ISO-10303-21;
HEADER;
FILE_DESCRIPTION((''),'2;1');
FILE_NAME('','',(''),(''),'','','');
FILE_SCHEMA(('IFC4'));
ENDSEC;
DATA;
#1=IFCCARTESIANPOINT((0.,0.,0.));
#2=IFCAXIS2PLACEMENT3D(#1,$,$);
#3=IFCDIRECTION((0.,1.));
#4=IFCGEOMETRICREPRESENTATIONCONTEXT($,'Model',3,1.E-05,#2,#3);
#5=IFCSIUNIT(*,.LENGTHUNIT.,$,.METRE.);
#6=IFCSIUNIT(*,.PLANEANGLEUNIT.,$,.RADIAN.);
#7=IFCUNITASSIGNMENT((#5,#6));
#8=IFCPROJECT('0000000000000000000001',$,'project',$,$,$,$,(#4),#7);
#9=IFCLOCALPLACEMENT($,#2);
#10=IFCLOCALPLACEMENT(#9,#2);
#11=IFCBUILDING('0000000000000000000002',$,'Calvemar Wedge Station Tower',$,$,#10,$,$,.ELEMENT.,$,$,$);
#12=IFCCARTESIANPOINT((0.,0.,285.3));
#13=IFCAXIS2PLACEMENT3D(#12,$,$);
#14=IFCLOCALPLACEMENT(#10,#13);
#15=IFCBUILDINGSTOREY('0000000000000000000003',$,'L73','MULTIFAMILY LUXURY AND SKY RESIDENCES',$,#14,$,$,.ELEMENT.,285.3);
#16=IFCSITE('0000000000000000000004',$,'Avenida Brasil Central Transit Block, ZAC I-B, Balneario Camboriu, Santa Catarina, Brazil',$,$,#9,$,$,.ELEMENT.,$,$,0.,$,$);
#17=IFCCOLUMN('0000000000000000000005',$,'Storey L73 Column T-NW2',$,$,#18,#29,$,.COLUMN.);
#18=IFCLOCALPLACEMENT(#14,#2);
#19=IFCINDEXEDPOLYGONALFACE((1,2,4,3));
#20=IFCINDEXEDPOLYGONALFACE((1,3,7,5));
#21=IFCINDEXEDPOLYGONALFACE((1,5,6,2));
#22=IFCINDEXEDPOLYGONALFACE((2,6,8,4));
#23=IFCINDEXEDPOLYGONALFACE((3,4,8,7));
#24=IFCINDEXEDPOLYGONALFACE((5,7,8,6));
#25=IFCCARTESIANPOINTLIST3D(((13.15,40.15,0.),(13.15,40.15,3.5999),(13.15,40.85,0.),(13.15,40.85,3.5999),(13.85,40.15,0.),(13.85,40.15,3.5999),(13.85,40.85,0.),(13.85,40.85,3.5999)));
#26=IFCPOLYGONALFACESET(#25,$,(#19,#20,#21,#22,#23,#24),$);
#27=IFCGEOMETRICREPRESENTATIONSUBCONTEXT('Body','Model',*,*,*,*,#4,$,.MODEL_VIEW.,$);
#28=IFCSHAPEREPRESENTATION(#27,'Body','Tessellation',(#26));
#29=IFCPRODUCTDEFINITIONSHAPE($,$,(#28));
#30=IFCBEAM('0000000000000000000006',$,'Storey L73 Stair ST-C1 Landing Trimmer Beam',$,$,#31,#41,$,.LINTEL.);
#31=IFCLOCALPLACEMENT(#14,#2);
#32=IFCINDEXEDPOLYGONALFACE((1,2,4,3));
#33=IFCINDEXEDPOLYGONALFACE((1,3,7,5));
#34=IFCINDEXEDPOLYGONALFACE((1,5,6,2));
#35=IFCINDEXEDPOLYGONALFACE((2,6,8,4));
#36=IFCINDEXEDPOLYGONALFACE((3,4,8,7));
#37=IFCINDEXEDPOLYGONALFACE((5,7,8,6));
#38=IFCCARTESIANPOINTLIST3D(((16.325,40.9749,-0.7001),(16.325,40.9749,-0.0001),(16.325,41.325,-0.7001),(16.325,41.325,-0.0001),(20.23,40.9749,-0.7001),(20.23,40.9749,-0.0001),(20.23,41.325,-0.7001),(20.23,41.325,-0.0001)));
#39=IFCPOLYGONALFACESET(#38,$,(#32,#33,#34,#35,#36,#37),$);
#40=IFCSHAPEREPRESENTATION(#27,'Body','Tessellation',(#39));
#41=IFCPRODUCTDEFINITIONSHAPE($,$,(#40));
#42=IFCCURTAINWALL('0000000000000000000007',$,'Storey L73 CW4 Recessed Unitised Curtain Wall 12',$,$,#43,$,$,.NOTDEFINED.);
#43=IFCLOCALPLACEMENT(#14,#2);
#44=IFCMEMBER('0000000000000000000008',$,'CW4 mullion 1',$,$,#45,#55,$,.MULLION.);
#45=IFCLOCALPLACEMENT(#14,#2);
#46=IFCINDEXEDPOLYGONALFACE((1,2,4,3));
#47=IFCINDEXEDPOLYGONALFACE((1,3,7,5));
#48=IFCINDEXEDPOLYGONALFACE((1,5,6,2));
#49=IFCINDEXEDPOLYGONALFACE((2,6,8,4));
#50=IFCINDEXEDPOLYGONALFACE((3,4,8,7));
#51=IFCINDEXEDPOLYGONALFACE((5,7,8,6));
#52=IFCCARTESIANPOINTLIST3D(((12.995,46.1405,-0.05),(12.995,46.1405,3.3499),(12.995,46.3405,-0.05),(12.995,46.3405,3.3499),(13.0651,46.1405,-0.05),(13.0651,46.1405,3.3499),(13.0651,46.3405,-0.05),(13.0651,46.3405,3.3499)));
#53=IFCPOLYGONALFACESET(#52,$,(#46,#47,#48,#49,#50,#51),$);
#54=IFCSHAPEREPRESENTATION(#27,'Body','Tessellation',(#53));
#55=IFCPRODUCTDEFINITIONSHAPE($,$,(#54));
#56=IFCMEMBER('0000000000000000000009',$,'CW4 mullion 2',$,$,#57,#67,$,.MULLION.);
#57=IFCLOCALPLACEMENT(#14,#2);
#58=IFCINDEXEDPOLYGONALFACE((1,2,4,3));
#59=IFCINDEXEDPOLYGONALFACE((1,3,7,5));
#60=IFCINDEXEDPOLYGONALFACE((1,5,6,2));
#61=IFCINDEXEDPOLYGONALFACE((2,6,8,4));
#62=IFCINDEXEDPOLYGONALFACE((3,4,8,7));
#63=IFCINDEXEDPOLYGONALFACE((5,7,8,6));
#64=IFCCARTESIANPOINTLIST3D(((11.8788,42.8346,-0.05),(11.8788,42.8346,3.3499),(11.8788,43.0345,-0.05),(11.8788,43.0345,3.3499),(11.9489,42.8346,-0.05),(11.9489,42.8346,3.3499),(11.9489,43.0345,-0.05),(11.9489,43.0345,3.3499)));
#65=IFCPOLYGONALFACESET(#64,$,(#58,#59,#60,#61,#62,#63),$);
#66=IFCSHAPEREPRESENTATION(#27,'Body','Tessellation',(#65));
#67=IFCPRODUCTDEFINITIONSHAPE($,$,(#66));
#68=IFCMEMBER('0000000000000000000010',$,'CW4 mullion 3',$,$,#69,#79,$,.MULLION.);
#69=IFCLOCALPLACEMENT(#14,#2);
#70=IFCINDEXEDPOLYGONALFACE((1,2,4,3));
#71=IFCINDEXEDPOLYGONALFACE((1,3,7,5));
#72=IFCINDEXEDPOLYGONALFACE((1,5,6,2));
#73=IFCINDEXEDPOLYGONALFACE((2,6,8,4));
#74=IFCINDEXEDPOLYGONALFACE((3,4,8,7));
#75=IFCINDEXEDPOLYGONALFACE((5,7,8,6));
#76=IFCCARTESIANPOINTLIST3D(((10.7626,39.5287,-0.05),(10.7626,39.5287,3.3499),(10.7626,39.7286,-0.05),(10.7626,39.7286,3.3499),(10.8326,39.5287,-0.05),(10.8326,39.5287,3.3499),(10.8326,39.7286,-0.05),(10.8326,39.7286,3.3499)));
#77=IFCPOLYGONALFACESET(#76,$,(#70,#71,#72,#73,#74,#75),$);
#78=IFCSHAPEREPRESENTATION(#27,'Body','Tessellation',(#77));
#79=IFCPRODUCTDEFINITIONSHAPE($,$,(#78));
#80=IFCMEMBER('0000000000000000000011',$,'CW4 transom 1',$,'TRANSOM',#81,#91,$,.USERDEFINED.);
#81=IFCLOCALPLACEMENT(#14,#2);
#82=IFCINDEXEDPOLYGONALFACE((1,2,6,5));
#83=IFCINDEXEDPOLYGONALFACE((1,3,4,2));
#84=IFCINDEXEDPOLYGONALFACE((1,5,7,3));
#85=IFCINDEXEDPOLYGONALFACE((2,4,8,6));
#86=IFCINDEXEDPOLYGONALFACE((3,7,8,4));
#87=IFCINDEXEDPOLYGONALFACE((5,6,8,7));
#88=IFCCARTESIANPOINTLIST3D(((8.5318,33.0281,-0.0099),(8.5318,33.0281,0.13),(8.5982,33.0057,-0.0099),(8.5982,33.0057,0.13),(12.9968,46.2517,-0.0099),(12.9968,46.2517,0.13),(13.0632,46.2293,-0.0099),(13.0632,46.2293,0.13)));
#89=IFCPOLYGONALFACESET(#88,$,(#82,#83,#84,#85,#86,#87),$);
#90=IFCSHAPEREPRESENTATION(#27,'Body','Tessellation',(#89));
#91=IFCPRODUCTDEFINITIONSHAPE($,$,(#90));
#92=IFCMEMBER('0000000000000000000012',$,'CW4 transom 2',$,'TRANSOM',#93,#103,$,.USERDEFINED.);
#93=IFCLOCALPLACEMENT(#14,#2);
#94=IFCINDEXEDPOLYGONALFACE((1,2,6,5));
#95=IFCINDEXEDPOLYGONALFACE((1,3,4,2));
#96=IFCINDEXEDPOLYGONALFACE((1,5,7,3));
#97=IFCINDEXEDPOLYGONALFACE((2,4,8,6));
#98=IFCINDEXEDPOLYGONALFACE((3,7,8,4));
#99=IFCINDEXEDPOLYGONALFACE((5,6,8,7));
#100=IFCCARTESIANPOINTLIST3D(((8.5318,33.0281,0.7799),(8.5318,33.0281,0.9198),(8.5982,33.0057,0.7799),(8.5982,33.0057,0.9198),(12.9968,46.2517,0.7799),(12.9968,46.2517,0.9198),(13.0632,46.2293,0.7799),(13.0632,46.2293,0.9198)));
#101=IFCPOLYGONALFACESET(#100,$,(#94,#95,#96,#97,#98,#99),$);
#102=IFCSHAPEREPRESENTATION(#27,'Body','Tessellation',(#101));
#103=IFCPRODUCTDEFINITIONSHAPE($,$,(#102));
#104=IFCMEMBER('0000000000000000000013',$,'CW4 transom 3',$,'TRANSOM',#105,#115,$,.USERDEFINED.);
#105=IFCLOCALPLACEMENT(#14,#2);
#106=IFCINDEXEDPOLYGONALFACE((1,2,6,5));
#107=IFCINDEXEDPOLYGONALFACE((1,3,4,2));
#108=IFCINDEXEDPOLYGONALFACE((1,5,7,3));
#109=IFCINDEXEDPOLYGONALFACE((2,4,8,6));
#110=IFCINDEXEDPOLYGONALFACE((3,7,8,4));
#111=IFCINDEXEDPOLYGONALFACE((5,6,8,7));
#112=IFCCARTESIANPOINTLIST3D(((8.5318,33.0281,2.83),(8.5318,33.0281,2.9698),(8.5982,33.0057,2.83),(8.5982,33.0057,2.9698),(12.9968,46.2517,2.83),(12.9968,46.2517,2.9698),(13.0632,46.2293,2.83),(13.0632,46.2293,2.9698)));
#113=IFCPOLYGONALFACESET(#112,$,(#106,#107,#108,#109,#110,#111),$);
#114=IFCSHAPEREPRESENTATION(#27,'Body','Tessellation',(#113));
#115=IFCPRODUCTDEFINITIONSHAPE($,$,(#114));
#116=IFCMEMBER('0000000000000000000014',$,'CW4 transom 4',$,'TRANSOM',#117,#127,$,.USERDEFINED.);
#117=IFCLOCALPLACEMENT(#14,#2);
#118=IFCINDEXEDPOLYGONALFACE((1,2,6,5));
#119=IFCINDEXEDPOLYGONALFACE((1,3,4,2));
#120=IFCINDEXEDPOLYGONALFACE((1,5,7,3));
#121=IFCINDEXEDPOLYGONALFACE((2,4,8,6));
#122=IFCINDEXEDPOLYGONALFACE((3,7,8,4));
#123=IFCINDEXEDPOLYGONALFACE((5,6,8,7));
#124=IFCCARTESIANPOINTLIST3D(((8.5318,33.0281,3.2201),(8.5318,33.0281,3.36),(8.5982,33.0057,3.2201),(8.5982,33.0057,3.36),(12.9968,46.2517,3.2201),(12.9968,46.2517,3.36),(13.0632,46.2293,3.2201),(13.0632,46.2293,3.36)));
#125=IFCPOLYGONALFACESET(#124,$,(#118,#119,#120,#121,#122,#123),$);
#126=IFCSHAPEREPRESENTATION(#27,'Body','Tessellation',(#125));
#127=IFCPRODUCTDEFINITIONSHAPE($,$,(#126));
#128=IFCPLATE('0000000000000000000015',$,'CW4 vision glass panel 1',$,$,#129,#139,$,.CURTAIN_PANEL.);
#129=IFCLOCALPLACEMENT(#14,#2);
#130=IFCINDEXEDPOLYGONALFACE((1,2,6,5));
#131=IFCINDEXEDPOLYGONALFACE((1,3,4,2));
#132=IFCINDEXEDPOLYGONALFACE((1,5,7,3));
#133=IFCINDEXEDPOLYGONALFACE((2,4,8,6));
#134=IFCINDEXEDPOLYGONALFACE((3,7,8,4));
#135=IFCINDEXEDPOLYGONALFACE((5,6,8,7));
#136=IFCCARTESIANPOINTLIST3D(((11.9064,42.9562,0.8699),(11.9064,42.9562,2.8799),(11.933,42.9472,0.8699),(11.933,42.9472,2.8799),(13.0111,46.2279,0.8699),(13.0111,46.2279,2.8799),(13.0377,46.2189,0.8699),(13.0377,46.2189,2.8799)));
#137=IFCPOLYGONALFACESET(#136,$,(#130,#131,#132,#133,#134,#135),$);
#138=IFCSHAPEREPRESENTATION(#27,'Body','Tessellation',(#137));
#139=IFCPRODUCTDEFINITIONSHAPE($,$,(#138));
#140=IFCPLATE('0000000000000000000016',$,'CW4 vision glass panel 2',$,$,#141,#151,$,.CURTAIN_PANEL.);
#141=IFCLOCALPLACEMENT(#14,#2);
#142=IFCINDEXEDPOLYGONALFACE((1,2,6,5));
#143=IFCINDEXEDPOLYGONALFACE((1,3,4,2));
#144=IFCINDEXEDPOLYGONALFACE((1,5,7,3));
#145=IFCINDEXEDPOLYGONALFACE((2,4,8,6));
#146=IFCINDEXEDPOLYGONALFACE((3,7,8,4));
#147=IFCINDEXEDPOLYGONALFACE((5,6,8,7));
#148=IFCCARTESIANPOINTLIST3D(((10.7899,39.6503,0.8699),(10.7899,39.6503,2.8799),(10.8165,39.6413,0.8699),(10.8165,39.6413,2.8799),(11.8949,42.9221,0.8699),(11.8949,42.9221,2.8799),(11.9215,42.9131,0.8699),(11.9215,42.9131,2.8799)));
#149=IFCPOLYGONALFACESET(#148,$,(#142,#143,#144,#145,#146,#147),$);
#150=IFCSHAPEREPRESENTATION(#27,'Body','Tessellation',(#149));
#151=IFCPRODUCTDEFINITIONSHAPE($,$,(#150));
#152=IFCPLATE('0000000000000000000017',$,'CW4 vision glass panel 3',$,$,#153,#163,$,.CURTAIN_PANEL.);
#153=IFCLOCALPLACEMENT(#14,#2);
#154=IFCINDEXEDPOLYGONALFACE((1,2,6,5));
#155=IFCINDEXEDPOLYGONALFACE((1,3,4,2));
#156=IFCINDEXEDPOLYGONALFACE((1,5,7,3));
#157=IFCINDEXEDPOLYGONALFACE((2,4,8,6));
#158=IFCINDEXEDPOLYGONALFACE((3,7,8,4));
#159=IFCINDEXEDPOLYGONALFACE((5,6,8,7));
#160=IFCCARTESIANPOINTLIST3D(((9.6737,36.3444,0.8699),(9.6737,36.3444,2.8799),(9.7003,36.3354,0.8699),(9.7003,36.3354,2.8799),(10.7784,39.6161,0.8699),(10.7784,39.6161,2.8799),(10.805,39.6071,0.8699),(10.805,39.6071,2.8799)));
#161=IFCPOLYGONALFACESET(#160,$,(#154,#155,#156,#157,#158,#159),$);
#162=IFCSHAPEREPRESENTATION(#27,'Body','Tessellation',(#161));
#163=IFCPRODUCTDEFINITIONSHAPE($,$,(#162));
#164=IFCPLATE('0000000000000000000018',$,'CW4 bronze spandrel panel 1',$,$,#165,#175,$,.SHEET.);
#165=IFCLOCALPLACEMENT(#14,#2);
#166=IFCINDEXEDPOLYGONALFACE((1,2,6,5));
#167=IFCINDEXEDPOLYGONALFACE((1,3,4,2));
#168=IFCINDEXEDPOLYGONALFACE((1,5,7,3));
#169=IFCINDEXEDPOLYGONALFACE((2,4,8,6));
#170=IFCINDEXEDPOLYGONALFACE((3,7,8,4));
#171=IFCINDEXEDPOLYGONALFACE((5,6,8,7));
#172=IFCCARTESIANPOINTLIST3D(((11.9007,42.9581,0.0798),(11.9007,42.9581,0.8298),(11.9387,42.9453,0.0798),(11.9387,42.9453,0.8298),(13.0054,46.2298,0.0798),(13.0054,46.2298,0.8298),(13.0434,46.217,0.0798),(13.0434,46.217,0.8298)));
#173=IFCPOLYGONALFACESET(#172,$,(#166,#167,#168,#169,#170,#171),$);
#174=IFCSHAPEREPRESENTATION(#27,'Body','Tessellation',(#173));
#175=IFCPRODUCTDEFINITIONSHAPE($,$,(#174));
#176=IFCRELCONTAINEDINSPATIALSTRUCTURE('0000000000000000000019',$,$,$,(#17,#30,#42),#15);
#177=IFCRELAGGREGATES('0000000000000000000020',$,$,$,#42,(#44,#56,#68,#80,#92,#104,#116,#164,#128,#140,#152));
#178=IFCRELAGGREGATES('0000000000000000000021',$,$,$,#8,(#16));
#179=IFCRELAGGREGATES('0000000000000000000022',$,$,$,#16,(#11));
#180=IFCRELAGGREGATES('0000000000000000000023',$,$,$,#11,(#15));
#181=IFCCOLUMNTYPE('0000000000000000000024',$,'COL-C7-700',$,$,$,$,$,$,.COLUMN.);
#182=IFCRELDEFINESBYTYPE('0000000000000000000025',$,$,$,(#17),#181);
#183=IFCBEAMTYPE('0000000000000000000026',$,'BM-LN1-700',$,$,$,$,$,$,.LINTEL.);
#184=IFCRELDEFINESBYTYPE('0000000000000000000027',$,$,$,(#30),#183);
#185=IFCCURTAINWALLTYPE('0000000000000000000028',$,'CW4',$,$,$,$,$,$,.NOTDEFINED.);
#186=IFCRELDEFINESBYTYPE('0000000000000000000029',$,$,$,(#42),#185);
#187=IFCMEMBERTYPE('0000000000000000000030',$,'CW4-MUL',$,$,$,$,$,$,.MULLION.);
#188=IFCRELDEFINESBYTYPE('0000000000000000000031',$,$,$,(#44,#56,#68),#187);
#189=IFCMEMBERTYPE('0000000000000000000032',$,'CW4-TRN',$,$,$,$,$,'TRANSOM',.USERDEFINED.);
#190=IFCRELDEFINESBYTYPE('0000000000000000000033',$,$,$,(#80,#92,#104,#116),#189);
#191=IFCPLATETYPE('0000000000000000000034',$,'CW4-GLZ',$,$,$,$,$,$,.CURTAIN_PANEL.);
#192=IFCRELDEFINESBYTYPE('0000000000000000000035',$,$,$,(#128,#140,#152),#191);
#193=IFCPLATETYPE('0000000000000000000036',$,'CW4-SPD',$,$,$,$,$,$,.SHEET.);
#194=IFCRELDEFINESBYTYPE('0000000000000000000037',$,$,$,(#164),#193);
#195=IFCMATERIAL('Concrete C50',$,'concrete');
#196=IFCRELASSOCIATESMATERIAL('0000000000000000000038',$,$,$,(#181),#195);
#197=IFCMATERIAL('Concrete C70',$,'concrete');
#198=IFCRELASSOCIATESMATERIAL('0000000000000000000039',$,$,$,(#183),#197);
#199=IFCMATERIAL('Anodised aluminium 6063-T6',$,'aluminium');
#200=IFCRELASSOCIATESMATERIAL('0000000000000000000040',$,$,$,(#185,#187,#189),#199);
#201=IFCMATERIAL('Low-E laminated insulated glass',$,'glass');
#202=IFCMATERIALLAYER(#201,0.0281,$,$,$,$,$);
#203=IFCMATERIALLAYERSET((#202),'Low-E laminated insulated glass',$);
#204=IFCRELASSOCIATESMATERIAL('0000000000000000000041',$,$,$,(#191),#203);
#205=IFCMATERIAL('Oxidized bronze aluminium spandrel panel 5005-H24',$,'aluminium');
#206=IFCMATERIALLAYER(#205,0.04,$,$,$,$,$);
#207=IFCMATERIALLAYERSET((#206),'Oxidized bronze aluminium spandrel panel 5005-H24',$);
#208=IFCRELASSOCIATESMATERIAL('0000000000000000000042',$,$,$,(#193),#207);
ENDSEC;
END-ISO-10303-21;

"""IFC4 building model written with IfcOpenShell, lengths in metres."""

from ifc_helpers import new_model, si_unit, direction, frame, frame_2d, origin, origin_2d, place, context, subcontext, project, spatial, rectangle, extrude, source, transform, mapped, material, layer, layer_set, material_profile, profile_set, type_object, element, aggregate, save


model = new_model("IFC4")

# Units and contexts
model_context = context("Model", 3, precision=1e-05, world=origin(), true_north=direction((0.0, 1.0)))
body_context = subcontext(model_context, "Body", "Model", "MODEL_VIEW")
ifc_project = project(units=[si_unit("LENGTHUNIT", "METRE"), si_unit("PLANEANGLEUNIT", "RADIAN")], contexts=[model_context])

# Site, building, storey
site_placement = place(None, origin())
site = spatial("IfcSite", under=ifc_project, at=site_placement, Name="Avenida Brasil Central Transit Block, ZAC I-B, Balneario Camboriu, Santa Catarina, Brazil", CompositionType="ELEMENT", RefElevation=0.0)
building_placement = place(site_placement, origin())
building = spatial("IfcBuilding", under=site, at=building_placement, Name="Calvemar Wedge Station Tower", CompositionType="ELEMENT")
storey_placement = place(building_placement, frame((0.0, 0.0, 285.3)))
storey = spatial("IfcBuildingStorey", under=building, at=storey_placement, Name="L73", Description="MULTIFAMILY LUXURY AND SKY RESIDENCES", CompositionType="ELEMENT", Elevation=285.3)

# Column
ifc_material_1 = material(Name="Concrete C50", Category="concrete")
ifc_material_profile_1 = material_profile(ifc_material_1, rectangle(XDim=0.7, YDim=0.7, at=origin_2d()), Name="RC700x700")
ifc_profile_set_1 = profile_set([ifc_material_profile_1], Name="Concrete C50")
column_type = type_object("IfcColumnType", Name="COL-C7-700", PredefinedType="COLUMN", material=ifc_profile_set_1)
shared_shape_1 = source(origin(), body_context, "Body", "SweptSolid", [
    extrude(rectangle(XDim=0.7, YDim=0.7, at=origin_2d()), origin(), (0.0, 0.0, 1.0), 3.5999),
])
column_placement = place(storey_placement, frame((13.5, 40.5, 0.0), z_axis=(0.0, 0.0, 1.0), x_axis=(1.0, 0.0, 0.0)))
element("IfcColumn", 1, at=column_placement, inside=storey, type_object=column_type, Name="Storey L73 Column T-NW2", PredefinedType="COLUMN", context=body_context, shape_type="MappedRepresentation", body=[
    mapped(shared_shape_1, transform((0.0, 0.0, 0.0), scale=1.0)),
])

# Beam
ifc_material_2 = material(Name="Concrete C70", Category="concrete")
ifc_material_profile_2 = material_profile(ifc_material_2, rectangle(XDim=0.3501, YDim=0.7, at=origin_2d()), Name="RC350x700")
ifc_profile_set_2 = profile_set([ifc_material_profile_2], Name="Concrete C70")
beam_type = type_object("IfcBeamType", Name="BM-LN1-700", PredefinedType="LINTEL", material=ifc_profile_set_2)
shared_shape_2 = source(origin(), body_context, "Body", "SweptSolid", [
    extrude(rectangle(XDim=0.3501, YDim=0.7, at=origin_2d()), origin(), (0.0, 0.0, 1.0), 3.905),
])
beam_placement = place(storey_placement, frame((16.325, 41.1499, -0.3501), z_axis=(1.0, 0.0, 0.0), x_axis=(0.0, 1.0, 0.0)))
element("IfcBeam", 2, at=beam_placement, inside=storey, type_object=beam_type, Name="Storey L73 Stair ST-C1 Landing Trimmer Beam", PredefinedType="LINTEL", context=body_context, shape_type="MappedRepresentation", body=[
    mapped(shared_shape_2, transform((0.0, 0.0, 0.0), scale=1.0)),
])

# Curtain wall, members, plates
ifc_material_3 = material(Name="Anodised aluminium 6063-T6", Category="aluminium")
curtain_wall_type = type_object("IfcCurtainWallType", Name="CW4", PredefinedType="NOTDEFINED", material=ifc_material_3)
curtain_wall_placement = place(storey_placement, origin())
curtain_wall = element("IfcCurtainWall", 3, at=curtain_wall_placement, inside=storey, type_object=curtain_wall_type, Name="Storey L73 CW4 Recessed Unitised Curtain Wall 12", PredefinedType="NOTDEFINED")
ifc_material_profile_3 = material_profile(ifc_material_3, rectangle(XDim=0.0701, YDim=0.2, at=origin_2d()), Name="AL-MUL-70x200")
ifc_profile_set_3 = profile_set([ifc_material_profile_3], Name="Anodised aluminium 6063-T6")
member_type_1 = type_object("IfcMemberType", Name="CW4-MUL", PredefinedType="MULLION", material=ifc_profile_set_3)
shared_shape_3 = source(origin(), body_context, "Body", "SweptSolid", [
    extrude(rectangle(XDim=0.0701, YDim=0.2, at=origin_2d()), origin(), (0.0, 0.0, 1.0), 3.3999),
])
member_1_placement = place(storey_placement, frame((13.03, 46.2405, -0.05), z_axis=(0.0, 0.0, 1.0), x_axis=(1.0, 0.0, 0.0)))
member_1 = element("IfcMember", 4, at=member_1_placement, type_object=member_type_1, Name="CW4 mullion 1", PredefinedType="MULLION", context=body_context, shape_type="MappedRepresentation", body=[
    mapped(shared_shape_3, transform((0.0, 0.0, 0.0), scale=1.0)),
])
member_2_placement = place(storey_placement, frame((11.9138, 42.9346, -0.05), z_axis=(0.0, 0.0, 1.0), x_axis=(1.0, 0.0, 0.0)))
member_2 = element("IfcMember", 5, at=member_2_placement, type_object=member_type_1, Name="CW4 mullion 2", PredefinedType="MULLION", context=body_context, shape_type="MappedRepresentation", body=[
    mapped(shared_shape_3, transform((0.0, 0.0, 0.0), scale=1.0)),
])
member_3_placement = place(storey_placement, frame((10.7976, 39.6287, -0.05), z_axis=(0.0, 0.0, 1.0), x_axis=(1.0, 0.0, 0.0)))
member_3 = element("IfcMember", 6, at=member_3_placement, type_object=member_type_1, Name="CW4 mullion 3", PredefinedType="MULLION", context=body_context, shape_type="MappedRepresentation", body=[
    mapped(shared_shape_3, transform((0.0, 0.0, 0.0), scale=1.0)),
])
ifc_material_profile_4 = material_profile(ifc_material_3, rectangle(XDim=0.0701, YDim=0.1399, at=origin_2d()), Name="AL-TRN-70x140")
ifc_profile_set_4 = profile_set([ifc_material_profile_4], Name="Anodised aluminium 6063-T6")
member_type_2 = type_object("IfcMemberType", Name="CW4-TRN", ElementType="TRANSOM", PredefinedType="USERDEFINED", material=ifc_profile_set_4)
shared_shape_4 = source(origin(), body_context, "Body", "SweptSolid", [
    extrude(rectangle(XDim=0.0701, YDim=0.1399, at=origin_2d()), origin(), (0.0, 0.0, 1.0), 13.957),
])
member_4_placement = place(storey_placement, frame((13.03, 46.2405, 0.0601), z_axis=(-0.319914, -0.947446, 0.0), x_axis=(0.947446, -0.319914, 0.0)))
member_4 = element("IfcMember", 7, at=member_4_placement, type_object=member_type_2, Name="CW4 transom 1", ObjectType="TRANSOM", PredefinedType="USERDEFINED", context=body_context, shape_type="MappedRepresentation", body=[
    mapped(shared_shape_4, transform((0.0, 0.0, 0.0), scale=1.0)),
])
member_5_placement = place(storey_placement, frame((13.03, 46.2405, 0.8499), z_axis=(-0.319914, -0.947446, 0.0), x_axis=(0.947446, -0.319914, 0.0)))
member_5 = element("IfcMember", 8, at=member_5_placement, type_object=member_type_2, Name="CW4 transom 2", ObjectType="TRANSOM", PredefinedType="USERDEFINED", context=body_context, shape_type="MappedRepresentation", body=[
    mapped(shared_shape_4, transform((0.0, 0.0, 0.0), scale=1.0)),
])
member_6_placement = place(storey_placement, frame((13.03, 46.2405, 2.8999), z_axis=(-0.319914, -0.947446, 0.0), x_axis=(0.947446, -0.319914, 0.0)))
member_6 = element("IfcMember", 9, at=member_6_placement, type_object=member_type_2, Name="CW4 transom 3", ObjectType="TRANSOM", PredefinedType="USERDEFINED", context=body_context, shape_type="MappedRepresentation", body=[
    mapped(shared_shape_4, transform((0.0, 0.0, 0.0), scale=1.0)),
])
member_7_placement = place(storey_placement, frame((13.03, 46.2405, 3.29), z_axis=(-0.319914, -0.947446, 0.0), x_axis=(0.947446, -0.319914, 0.0)))
member_7 = element("IfcMember", 10, at=member_7_placement, type_object=member_type_2, Name="CW4 transom 4", ObjectType="TRANSOM", PredefinedType="USERDEFINED", context=body_context, shape_type="MappedRepresentation", body=[
    mapped(shared_shape_4, transform((0.0, 0.0, 0.0), scale=1.0)),
])
ifc_material_4 = material(Name="Low-E laminated insulated glass", Category="glass")
ifc_layer_1 = layer(ifc_material_4, 0.0281)
ifc_layer_set_1 = layer_set([ifc_layer_1], Name="Low-E laminated insulated glass")
plate_type_1 = type_object("IfcPlateType", Name="CW4-GLZ", PredefinedType="CURTAIN_PANEL", material=ifc_layer_set_1)
plate_1_placement = place(storey_placement, frame((13.0244, 46.2234, 0.8699), z_axis=(0.0, 0.0, 1.0), x_axis=(-0.319916, -0.947446, 0.0)))
plate_1 = element("IfcPlate", 11, at=plate_1_placement, type_object=plate_type_1, Name="CW4 vision glass panel 1", PredefinedType="CURTAIN_PANEL", context=body_context, shape_type="SweptSolid", body=[
    extrude(rectangle(XDim=3.4531, YDim=0.0281, at=frame_2d((1.7266, 0.0))), origin(), (0.0, 0.0, 1.0), 2.01),
])
plate_2_placement = place(storey_placement, frame((11.9082, 42.9175, 0.8699), z_axis=(0.0, 0.0, 1.0), x_axis=(-0.319979, -0.947425, 0.0)))
plate_2 = element("IfcPlate", 12, at=plate_2_placement, type_object=plate_type_1, Name="CW4 vision glass panel 2", PredefinedType="CURTAIN_PANEL", context=body_context, shape_type="SweptSolid", body=[
    extrude(rectangle(XDim=3.4534, YDim=0.0281, at=frame_2d((1.7266, 0.0))), origin(), (0.0, 0.0, 1.0), 2.01),
])
plate_3_placement = place(storey_placement, frame((10.7917, 39.6116, 0.8699), z_axis=(0.0, 0.0, 1.0), x_axis=(-0.319916, -0.947446, 0.0)))
plate_3 = element("IfcPlate", 13, at=plate_3_placement, type_object=plate_type_1, Name="CW4 vision glass panel 3", PredefinedType="CURTAIN_PANEL", context=body_context, shape_type="SweptSolid", body=[
    extrude(rectangle(XDim=3.4531, YDim=0.0281, at=frame_2d((1.7266, 0.0))), origin(), (0.0, 0.0, 1.0), 2.01),
])
ifc_material_5 = material(Name="Oxidized bronze aluminium spandrel panel 5005-H24", Category="aluminium")
ifc_layer_2 = layer(ifc_material_5, 0.04)
ifc_layer_set_2 = layer_set([ifc_layer_2], Name="Oxidized bronze aluminium spandrel panel 5005-H24")
plate_type_2 = type_object("IfcPlateType", Name="CW4-SPD", PredefinedType="SHEET", material=ifc_layer_set_2)
plate_4_placement = place(storey_placement, frame((13.0244, 46.2234, 0.0798), z_axis=(0.0, 0.0, 1.0), x_axis=(-0.319916, -0.947446, 0.0)))
plate_4 = element("IfcPlate", 14, at=plate_4_placement, type_object=plate_type_2, Name="CW4 bronze spandrel panel 1", PredefinedType="SHEET", context=body_context, shape_type="SweptSolid", body=[
    extrude(rectangle(XDim=3.4531, YDim=0.04, at=frame_2d((1.7266, 0.0))), origin(), (0.0, 0.0, 1.0), 0.75),
])
aggregate(curtain_wall, [member_1, member_2, member_3, member_4, member_5, member_6, member_7, plate_4, plate_1, plate_2, plate_3])

save(model, "model.ifc")
